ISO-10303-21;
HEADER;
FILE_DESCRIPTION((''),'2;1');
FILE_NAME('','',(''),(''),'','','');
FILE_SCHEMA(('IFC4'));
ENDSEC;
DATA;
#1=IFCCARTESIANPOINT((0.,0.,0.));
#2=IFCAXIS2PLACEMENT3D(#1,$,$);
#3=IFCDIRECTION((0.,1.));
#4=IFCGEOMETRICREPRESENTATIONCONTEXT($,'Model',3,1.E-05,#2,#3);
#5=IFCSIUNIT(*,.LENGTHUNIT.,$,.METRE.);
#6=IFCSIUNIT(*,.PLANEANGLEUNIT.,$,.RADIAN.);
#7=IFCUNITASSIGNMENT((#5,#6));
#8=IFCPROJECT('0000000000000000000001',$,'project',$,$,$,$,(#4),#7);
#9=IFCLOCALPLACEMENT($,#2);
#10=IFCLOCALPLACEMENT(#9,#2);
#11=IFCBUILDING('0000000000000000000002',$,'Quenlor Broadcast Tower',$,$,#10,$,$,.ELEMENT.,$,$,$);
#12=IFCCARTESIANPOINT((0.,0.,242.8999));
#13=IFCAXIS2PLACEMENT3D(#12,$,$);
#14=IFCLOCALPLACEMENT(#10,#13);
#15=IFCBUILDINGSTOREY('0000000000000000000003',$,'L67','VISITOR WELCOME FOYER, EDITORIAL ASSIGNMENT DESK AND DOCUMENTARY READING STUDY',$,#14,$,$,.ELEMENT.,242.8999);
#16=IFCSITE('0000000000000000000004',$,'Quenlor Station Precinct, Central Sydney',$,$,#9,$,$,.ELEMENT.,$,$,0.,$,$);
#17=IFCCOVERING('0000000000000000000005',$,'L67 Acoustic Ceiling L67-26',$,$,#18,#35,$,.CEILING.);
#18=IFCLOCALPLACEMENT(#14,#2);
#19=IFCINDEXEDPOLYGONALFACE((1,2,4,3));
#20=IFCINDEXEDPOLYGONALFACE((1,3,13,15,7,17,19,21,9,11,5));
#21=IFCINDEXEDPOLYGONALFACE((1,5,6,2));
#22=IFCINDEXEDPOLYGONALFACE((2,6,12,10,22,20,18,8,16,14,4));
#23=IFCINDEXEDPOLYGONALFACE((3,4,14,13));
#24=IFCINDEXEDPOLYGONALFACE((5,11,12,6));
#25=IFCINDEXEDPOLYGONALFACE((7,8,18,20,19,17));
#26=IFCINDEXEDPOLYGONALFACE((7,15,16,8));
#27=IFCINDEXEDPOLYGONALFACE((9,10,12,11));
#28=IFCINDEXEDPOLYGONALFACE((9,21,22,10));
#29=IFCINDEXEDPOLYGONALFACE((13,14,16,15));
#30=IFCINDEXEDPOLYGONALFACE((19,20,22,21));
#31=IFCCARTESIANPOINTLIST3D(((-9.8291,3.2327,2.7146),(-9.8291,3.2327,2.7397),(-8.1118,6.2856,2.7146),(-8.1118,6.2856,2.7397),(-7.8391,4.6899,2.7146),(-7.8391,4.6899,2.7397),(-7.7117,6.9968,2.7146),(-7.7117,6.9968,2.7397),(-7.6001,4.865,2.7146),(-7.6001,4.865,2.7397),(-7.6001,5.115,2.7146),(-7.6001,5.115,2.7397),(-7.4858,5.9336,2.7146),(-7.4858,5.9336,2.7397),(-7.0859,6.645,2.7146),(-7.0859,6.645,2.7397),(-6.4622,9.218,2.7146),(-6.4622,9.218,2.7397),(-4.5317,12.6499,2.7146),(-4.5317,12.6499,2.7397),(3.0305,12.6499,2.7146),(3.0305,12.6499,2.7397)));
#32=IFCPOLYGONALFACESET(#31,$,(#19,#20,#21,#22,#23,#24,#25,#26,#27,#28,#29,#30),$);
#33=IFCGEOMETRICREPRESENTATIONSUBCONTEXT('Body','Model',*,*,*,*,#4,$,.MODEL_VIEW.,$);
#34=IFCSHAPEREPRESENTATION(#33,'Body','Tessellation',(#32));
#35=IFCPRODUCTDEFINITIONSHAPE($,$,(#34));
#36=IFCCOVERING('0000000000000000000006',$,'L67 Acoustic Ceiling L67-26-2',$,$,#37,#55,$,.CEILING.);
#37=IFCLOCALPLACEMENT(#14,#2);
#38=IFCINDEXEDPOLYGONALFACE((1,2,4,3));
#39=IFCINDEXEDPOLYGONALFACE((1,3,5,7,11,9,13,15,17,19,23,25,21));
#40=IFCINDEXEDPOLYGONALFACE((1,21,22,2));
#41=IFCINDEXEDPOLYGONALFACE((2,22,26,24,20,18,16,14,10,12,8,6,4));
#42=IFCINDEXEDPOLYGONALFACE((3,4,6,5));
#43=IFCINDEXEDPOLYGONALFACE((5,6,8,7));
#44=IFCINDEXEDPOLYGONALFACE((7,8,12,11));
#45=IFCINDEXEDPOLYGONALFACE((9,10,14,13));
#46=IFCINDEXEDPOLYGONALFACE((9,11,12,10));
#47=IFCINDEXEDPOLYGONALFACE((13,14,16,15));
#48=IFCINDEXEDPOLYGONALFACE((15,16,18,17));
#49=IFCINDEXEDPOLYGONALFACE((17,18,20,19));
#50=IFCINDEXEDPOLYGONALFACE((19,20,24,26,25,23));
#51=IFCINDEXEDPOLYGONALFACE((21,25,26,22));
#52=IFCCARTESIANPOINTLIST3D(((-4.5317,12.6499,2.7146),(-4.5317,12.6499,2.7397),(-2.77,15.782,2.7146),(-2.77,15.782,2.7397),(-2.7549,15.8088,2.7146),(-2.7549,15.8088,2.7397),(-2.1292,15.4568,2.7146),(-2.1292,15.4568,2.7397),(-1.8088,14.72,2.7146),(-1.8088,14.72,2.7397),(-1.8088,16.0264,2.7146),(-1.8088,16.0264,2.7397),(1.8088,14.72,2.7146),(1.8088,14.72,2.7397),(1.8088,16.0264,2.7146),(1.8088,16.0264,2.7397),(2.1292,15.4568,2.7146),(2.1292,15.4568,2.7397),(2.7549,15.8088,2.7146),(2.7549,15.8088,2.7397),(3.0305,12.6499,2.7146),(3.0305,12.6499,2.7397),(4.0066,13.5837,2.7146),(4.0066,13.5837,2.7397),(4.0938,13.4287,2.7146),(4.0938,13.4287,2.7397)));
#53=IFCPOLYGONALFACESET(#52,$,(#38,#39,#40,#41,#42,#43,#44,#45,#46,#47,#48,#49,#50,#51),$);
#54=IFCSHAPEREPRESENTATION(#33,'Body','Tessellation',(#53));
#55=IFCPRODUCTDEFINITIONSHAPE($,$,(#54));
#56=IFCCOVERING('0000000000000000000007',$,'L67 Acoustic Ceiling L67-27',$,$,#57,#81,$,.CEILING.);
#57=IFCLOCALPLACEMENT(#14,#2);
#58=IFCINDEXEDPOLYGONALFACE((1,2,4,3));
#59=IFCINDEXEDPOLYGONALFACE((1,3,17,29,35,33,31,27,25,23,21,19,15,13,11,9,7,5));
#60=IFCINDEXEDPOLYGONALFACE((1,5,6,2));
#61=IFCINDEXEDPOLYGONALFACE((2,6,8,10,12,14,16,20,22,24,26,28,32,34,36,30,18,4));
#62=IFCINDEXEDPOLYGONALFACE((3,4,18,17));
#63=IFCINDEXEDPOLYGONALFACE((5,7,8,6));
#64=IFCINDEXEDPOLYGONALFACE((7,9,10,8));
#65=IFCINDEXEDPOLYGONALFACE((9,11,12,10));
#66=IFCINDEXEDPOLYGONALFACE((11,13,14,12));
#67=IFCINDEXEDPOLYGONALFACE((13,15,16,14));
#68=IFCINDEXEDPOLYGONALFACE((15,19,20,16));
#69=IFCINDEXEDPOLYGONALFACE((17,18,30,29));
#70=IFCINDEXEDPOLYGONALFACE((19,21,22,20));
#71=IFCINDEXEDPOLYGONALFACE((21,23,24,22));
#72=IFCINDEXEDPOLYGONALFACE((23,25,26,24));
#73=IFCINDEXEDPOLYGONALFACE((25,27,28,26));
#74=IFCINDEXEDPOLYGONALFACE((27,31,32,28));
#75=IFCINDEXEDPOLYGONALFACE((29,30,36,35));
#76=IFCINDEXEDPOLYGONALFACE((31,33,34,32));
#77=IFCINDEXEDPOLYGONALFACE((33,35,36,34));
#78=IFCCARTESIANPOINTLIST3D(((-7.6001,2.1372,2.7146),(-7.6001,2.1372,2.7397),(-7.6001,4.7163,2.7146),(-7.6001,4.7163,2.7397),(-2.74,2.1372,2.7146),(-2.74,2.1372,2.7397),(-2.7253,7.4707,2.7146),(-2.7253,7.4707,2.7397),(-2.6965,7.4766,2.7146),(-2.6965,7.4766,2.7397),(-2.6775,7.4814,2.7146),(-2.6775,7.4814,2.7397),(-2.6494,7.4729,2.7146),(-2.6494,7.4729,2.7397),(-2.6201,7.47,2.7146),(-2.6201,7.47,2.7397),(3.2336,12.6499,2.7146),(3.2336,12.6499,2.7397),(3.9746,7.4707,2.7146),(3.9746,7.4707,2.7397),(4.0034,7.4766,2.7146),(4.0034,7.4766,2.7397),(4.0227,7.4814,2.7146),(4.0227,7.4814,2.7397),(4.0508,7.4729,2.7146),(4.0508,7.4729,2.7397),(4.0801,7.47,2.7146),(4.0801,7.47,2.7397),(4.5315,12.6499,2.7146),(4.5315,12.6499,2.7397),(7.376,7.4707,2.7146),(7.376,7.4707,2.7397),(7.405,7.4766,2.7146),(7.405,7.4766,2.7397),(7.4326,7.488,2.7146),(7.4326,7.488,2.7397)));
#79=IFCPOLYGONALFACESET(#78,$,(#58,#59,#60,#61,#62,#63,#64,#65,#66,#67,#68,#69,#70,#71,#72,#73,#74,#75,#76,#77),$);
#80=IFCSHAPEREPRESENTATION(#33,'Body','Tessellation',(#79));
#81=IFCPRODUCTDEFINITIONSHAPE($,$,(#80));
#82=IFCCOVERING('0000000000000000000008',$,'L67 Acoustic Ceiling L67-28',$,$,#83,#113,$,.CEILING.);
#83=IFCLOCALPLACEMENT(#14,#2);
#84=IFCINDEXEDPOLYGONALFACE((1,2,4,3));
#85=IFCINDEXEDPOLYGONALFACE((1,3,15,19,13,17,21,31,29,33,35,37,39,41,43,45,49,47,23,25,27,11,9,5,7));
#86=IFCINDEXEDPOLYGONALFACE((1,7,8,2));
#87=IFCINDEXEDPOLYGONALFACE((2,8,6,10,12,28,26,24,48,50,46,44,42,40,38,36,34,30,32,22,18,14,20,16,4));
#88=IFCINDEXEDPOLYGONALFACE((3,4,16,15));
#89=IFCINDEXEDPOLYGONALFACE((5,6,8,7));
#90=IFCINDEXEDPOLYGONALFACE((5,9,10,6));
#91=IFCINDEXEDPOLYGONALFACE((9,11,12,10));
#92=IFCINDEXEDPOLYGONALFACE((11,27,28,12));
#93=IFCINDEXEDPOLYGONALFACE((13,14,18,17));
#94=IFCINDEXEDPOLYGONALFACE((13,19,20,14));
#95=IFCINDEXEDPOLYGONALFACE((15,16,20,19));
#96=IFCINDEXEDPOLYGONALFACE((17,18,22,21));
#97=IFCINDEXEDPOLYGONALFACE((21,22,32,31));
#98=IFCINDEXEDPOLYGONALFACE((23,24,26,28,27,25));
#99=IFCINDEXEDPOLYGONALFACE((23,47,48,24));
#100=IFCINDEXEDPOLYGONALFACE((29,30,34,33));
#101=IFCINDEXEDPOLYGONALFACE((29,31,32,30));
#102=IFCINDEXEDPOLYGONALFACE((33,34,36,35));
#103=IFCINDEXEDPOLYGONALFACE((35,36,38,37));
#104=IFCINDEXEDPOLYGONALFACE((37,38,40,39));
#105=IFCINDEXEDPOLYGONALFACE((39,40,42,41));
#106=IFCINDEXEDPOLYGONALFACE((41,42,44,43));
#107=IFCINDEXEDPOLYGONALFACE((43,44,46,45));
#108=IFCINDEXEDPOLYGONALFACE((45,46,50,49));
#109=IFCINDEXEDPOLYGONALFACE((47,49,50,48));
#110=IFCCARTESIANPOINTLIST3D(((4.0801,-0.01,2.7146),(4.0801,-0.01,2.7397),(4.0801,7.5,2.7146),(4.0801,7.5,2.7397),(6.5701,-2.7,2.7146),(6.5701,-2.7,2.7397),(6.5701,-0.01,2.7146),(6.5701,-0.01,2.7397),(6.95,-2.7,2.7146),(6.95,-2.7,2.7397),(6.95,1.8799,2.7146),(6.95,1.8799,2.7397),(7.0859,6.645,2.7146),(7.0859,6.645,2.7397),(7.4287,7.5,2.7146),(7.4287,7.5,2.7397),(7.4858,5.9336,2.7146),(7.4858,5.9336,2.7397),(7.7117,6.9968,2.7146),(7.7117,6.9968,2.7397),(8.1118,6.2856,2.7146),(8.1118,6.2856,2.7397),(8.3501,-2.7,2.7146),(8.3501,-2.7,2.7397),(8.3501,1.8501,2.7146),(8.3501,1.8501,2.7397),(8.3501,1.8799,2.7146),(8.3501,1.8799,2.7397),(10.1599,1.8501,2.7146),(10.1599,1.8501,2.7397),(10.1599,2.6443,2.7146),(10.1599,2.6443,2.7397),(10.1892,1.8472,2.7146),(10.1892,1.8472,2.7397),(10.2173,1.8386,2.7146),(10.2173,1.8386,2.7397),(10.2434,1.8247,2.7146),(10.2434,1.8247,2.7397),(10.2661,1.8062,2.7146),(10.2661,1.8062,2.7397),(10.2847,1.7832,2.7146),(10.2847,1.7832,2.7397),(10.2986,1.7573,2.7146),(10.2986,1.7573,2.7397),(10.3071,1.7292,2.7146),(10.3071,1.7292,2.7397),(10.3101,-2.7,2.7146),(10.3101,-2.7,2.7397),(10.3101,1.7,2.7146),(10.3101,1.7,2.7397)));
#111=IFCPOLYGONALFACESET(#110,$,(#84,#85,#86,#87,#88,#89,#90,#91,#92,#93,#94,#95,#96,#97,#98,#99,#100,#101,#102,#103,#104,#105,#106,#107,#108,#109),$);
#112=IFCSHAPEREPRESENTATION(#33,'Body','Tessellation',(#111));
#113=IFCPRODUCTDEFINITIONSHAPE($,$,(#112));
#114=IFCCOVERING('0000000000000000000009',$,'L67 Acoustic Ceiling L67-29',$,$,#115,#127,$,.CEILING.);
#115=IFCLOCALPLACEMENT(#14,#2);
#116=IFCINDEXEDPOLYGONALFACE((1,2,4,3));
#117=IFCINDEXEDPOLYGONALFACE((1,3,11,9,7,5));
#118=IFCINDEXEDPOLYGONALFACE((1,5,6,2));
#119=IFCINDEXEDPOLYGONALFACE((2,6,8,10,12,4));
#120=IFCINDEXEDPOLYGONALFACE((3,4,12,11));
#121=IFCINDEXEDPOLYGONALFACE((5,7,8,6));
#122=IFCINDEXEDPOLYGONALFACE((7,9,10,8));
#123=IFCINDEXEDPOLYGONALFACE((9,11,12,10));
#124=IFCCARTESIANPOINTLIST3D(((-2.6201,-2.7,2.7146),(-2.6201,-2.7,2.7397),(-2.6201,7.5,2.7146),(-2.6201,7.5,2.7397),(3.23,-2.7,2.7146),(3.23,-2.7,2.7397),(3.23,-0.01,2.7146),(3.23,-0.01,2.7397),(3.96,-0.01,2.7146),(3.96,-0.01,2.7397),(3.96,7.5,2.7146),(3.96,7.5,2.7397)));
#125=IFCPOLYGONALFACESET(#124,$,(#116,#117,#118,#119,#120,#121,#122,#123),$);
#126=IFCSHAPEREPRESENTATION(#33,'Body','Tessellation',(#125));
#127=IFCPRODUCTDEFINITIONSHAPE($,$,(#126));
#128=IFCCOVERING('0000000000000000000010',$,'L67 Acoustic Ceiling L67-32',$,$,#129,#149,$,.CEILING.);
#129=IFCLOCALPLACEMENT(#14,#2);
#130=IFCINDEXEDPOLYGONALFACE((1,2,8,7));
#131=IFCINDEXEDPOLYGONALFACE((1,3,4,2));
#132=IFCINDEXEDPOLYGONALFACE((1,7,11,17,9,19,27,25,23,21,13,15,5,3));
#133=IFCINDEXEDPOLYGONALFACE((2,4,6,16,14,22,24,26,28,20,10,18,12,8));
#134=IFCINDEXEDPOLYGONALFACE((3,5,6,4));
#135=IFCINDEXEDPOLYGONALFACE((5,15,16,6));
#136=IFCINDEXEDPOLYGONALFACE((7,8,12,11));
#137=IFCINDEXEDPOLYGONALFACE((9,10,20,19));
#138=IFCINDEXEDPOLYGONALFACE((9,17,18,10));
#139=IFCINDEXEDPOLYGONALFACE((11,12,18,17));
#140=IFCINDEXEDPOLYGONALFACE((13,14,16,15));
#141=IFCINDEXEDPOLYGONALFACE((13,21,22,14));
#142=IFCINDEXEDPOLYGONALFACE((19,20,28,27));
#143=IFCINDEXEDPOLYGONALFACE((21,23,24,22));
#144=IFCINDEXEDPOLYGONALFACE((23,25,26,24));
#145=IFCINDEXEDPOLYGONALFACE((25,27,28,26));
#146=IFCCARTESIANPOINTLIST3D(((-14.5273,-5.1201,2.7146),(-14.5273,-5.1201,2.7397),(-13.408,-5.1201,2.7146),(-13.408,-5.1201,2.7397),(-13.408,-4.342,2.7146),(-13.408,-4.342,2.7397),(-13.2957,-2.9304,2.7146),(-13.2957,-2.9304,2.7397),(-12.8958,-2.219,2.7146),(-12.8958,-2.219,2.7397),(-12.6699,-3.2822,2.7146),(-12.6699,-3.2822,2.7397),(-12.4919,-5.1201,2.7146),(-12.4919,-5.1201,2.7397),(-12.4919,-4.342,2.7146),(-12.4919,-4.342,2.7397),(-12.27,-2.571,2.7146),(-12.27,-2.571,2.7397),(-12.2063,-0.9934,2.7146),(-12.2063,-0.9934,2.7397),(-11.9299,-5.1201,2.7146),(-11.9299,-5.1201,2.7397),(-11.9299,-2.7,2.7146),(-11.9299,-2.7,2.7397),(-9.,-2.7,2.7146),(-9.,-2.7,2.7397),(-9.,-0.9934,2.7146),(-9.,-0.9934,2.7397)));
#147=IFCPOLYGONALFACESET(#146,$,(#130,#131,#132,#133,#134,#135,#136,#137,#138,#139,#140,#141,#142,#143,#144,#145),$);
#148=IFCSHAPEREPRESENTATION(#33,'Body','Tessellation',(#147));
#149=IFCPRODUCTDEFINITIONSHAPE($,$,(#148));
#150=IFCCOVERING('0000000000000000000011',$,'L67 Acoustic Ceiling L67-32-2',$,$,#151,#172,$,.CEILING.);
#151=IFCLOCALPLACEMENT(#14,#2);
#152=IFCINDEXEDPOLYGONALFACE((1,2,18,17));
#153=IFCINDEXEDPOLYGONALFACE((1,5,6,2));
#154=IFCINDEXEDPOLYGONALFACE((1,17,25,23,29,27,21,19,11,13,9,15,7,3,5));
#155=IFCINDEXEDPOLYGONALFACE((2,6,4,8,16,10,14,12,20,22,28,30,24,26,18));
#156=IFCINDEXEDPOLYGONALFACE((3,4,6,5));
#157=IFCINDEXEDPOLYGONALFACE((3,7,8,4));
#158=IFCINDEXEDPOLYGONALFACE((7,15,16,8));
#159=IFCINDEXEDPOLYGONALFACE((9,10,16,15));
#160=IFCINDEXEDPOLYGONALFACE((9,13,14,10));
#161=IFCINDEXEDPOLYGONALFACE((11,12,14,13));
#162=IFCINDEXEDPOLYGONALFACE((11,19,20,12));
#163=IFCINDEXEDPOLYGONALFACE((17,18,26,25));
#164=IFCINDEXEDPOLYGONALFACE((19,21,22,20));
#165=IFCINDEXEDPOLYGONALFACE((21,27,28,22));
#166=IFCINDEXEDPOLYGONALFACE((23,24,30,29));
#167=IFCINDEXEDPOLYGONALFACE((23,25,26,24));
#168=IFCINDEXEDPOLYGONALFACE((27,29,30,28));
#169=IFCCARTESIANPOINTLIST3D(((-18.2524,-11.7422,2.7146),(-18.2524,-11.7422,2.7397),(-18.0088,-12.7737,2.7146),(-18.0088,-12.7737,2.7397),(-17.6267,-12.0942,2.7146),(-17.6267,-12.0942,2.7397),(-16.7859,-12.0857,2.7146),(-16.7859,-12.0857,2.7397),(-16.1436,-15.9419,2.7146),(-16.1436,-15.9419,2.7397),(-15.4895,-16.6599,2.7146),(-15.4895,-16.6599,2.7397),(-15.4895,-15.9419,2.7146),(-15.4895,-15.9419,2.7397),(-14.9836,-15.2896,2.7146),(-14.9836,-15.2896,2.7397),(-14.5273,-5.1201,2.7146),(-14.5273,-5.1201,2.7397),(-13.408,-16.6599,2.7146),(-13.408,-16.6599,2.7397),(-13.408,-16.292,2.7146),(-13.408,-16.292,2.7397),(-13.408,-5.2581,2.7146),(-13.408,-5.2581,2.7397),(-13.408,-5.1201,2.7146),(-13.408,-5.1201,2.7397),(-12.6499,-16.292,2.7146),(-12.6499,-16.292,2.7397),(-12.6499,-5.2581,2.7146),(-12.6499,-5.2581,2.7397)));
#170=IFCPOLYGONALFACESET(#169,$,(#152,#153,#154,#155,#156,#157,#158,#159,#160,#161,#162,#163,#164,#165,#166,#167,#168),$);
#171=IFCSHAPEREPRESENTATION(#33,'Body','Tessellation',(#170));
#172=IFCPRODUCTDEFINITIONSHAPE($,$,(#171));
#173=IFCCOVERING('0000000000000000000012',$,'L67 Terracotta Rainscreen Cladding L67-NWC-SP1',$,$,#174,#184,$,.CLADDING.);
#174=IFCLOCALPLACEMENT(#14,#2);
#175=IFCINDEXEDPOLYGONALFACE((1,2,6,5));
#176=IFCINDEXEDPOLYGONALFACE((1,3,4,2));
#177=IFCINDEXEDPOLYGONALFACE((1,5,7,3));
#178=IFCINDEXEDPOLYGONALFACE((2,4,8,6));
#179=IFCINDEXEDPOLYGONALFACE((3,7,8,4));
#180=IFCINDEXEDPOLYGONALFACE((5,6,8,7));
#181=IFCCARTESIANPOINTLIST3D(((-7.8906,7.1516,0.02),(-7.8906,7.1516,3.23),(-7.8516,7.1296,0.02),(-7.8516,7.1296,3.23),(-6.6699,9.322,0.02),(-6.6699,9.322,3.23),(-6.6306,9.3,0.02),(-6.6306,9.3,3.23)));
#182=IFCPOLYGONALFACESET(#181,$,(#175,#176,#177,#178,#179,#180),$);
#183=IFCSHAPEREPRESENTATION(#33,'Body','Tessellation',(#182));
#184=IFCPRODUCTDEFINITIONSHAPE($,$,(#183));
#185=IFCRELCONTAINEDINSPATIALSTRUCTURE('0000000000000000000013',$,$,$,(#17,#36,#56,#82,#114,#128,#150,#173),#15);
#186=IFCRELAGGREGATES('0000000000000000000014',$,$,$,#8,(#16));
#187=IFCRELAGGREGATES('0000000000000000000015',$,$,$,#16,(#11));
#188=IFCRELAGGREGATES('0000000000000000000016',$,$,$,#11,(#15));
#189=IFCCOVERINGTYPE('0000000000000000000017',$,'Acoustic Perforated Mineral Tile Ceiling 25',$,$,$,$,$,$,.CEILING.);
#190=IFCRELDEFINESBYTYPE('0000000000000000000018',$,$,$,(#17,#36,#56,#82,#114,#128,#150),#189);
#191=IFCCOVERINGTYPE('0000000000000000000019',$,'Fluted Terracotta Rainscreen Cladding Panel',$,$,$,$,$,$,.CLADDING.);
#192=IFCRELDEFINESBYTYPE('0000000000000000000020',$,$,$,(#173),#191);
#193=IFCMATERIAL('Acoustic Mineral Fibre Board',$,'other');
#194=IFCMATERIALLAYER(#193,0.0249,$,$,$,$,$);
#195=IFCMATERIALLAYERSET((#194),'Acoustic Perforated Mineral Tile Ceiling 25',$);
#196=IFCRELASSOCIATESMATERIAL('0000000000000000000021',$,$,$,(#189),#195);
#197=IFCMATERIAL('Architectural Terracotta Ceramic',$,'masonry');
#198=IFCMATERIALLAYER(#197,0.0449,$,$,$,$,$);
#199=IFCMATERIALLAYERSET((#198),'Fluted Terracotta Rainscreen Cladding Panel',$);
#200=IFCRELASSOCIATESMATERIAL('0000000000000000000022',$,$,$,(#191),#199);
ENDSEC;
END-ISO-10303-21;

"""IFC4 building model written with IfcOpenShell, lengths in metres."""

from ifc_helpers import new_model, si_unit, direction, frame, origin, place, context, subcontext, project, spatial, polyline, outline, extrude, material, layer, layer_set, type_object, element, save


model = new_model("IFC4")

# Units and contexts
model_context = context("Model", 3, precision=1e-05, world=origin(), true_north=direction((0.0, 1.0)))
body_context = subcontext(model_context, "Body", "Model", "MODEL_VIEW")
ifc_project = project(units=[si_unit("LENGTHUNIT", "METRE"), si_unit("PLANEANGLEUNIT", "RADIAN")], contexts=[model_context])

# Site, building, storey
site_placement = place(None, origin())
site = spatial("IfcSite", under=ifc_project, at=site_placement, Name="Quenlor Station Precinct, Central Sydney", CompositionType="ELEMENT", RefElevation=0.0)
building_placement = place(site_placement, origin())
building = spatial("IfcBuilding", under=site, at=building_placement, Name="Quenlor Broadcast Tower", CompositionType="ELEMENT")
storey_placement = place(building_placement, frame((0.0, 0.0, 242.8999)))
storey = spatial("IfcBuildingStorey", under=building, at=storey_placement, Name="L67", Description="VISITOR WELCOME FOYER, EDITORIAL ASSIGNMENT DESK AND DOCUMENTARY READING STUDY", CompositionType="ELEMENT", Elevation=242.8999)

# Coverings
ifc_material_1 = material(Name="Acoustic Mineral Fibre Board", Category="other")
ifc_layer_1 = layer(ifc_material_1, 0.0249)
ifc_layer_set_1 = layer_set([ifc_layer_1], Name="Acoustic Perforated Mineral Tile Ceiling 25")
covering_type_1 = type_object("IfcCoveringType", Name="Acoustic Perforated Mineral Tile Ceiling 25", PredefinedType="CEILING", material=ifc_layer_set_1)
covering_1_placement = place(storey_placement, frame((0.0, 0.0, 2.7146)))
element("IfcCovering", 1, at=covering_1_placement, inside=storey, type_object=covering_type_1, Name="L67 Acoustic Ceiling L67-26", PredefinedType="CEILING", context=body_context, shape_type="SweptSolid", body=[
    extrude(outline(polyline([(-7.4858, 5.9336), (-7.0859, 6.645), (-7.7117, 6.9968), (-6.4622, 9.218), (-4.5317, 12.6499), (3.0305, 12.6499), (-7.6001, 4.865), (-7.6001, 5.115), (-7.8391, 4.6899), (-9.8291, 3.2327), (-8.1118, 6.2856), (-7.4858, 5.9336)])), origin(), (0.0, 0.0, 1.0), 0.0251),
])
covering_2_placement = place(storey_placement, frame((0.0, 0.0, 2.7146)))
element("IfcCovering", 2, at=covering_2_placement, inside=storey, type_object=covering_type_1, Name="L67 Acoustic Ceiling L67-26-2", PredefinedType="CEILING", context=body_context, shape_type="SweptSolid", body=[
    extrude(outline(polyline([(-2.77, 15.782), (-2.7549, 15.8088), (-2.1292, 15.4568), (-1.8088, 16.0264), (-1.8088, 14.72), (1.8088, 14.72), (1.8088, 16.0264), (2.1292, 15.4568), (2.7549, 15.8088), (4.0066, 13.5837), (4.0938, 13.4287), (3.0305, 12.6499), (-4.5317, 12.6499), (-2.77, 15.782)])), origin(), (0.0, 0.0, 1.0), 0.0251),
])
covering_3_placement = place(storey_placement, frame((0.0, 0.0, 2.7146)))
element("IfcCovering", 3, at=covering_3_placement, inside=storey, type_object=covering_type_1, Name="L67 Acoustic Ceiling L67-27", PredefinedType="CEILING", context=body_context, shape_type="SweptSolid", body=[
    extrude(outline(polyline([(7.376, 7.4707), (4.0801, 7.47), (4.0508, 7.4729), (4.0227, 7.4814), (4.0034, 7.4766), (3.9746, 7.4707), (-2.6201, 7.47), (-2.6494, 7.4729), (-2.6775, 7.4814), (-2.6965, 7.4766), (-2.7253, 7.4707), (-2.74, 2.1372), (-7.6001, 2.1372), (-7.6001, 4.7163), (3.2336, 12.6499), (4.5315, 12.6499), (7.4326, 7.488), (7.405, 7.4766), (7.376, 7.4707)])), origin(), (0.0, 0.0, 1.0), 0.0251),
])
covering_4_placement = place(storey_placement, frame((0.0, 0.0, 2.7146)))
element("IfcCovering", 4, at=covering_4_placement, inside=storey, type_object=covering_type_1, Name="L67 Acoustic Ceiling L67-28", PredefinedType="CEILING", context=body_context, shape_type="SweptSolid", body=[
    extrude(outline(polyline([(6.5701, -2.7), (6.5701, -0.01), (4.0801, -0.01), (4.0801, 7.5), (7.4287, 7.5), (7.7117, 6.9968), (7.0859, 6.645), (7.4858, 5.9336), (8.1118, 6.2856), (10.1599, 2.6443), (10.1599, 1.8501), (10.1892, 1.8472), (10.2173, 1.8386), (10.2434, 1.8247), (10.2661, 1.8062), (10.2847, 1.7832), (10.2986, 1.7573), (10.3071, 1.7292), (10.3101, 1.7), (10.3101, -2.7), (8.3501, -2.7), (8.3501, 1.8501), (8.3501, 1.8799), (6.95, 1.8799), (6.95, -2.7), (6.5701, -2.7)])), origin(), (0.0, 0.0, 1.0), 0.0251),
])
covering_5_placement = place(storey_placement, frame((0.0, 0.0, 2.7146)))
element("IfcCovering", 5, at=covering_5_placement, inside=storey, type_object=covering_type_1, Name="L67 Acoustic Ceiling L67-29", PredefinedType="CEILING", context=body_context, shape_type="SweptSolid", body=[
    extrude(outline(polyline([(-2.6201, 7.5), (3.96, 7.5), (3.96, -0.01), (3.23, -0.01), (3.23, -2.7), (-2.6201, -2.7), (-2.6201, 7.5)])), origin(), (0.0, 0.0, 1.0), 0.0251),
])
covering_6_placement = place(storey_placement, frame((0.0, 0.0, 2.7146)))
element("IfcCovering", 6, at=covering_6_placement, inside=storey, type_object=covering_type_1, Name="L67 Acoustic Ceiling L67-32", PredefinedType="CEILING", context=body_context, shape_type="SweptSolid", body=[
    extrude(outline(polyline([(-13.2957, -2.9304), (-12.6699, -3.2822), (-12.27, -2.571), (-12.8958, -2.219), (-12.2063, -0.9934), (-9.0, -0.9934), (-9.0, -2.7), (-11.9299, -2.7), (-11.9299, -5.1201), (-12.4919, -5.1201), (-12.4919, -4.342), (-13.408, -4.342), (-13.408, -5.1201), (-14.5273, -5.1201), (-13.2957, -2.9304)])), origin(), (0.0, 0.0, 1.0), 0.0251),
])
covering_7_placement = place(storey_placement, frame((0.0, 0.0, 2.7146)))
element("IfcCovering", 7, at=covering_7_placement, inside=storey, type_object=covering_type_1, Name="L67 Acoustic Ceiling L67-32-2", PredefinedType="CEILING", context=body_context, shape_type="SweptSolid", body=[
    extrude(outline(polyline([(-17.6267, -12.0942), (-18.2524, -11.7422), (-14.5273, -5.1201), (-13.408, -5.1201), (-13.408, -5.2581), (-12.6499, -5.2581), (-12.6499, -16.292), (-13.408, -16.292), (-13.408, -16.6599), (-15.4895, -16.6599), (-15.4895, -15.9419), (-16.1436, -15.9419), (-14.9836, -15.2896), (-16.7859, -12.0857), (-18.0088, -12.7737), (-17.6267, -12.0942)])), origin(), (0.0, 0.0, 1.0), 0.0251),
])
ifc_material_2 = material(Name="Architectural Terracotta Ceramic", Category="masonry")
ifc_layer_2 = layer(ifc_material_2, 0.0449)
ifc_layer_set_2 = layer_set([ifc_layer_2], Name="Fluted Terracotta Rainscreen Cladding Panel")
covering_type_2 = type_object("IfcCoveringType", Name="Fluted Terracotta Rainscreen Cladding Panel", PredefinedType="CLADDING", material=ifc_layer_set_2)
covering_8_placement = place(storey_placement, frame((0.0, 0.0, 0.02)))
element("IfcCovering", 8, at=covering_8_placement, inside=storey, type_object=covering_type_2, Name="L67 Terracotta Rainscreen Cladding L67-NWC-SP1", PredefinedType="CLADDING", context=body_context, shape_type="SweptSolid", body=[
    extrude(outline(polyline([(-7.8516, 7.1296), (-6.6306, 9.3), (-6.6699, 9.322), (-7.8906, 7.1516), (-7.8516, 7.1296)])), origin(), (0.0, 0.0, 1.0), 3.21),
])

save(model, "model.ifc")
